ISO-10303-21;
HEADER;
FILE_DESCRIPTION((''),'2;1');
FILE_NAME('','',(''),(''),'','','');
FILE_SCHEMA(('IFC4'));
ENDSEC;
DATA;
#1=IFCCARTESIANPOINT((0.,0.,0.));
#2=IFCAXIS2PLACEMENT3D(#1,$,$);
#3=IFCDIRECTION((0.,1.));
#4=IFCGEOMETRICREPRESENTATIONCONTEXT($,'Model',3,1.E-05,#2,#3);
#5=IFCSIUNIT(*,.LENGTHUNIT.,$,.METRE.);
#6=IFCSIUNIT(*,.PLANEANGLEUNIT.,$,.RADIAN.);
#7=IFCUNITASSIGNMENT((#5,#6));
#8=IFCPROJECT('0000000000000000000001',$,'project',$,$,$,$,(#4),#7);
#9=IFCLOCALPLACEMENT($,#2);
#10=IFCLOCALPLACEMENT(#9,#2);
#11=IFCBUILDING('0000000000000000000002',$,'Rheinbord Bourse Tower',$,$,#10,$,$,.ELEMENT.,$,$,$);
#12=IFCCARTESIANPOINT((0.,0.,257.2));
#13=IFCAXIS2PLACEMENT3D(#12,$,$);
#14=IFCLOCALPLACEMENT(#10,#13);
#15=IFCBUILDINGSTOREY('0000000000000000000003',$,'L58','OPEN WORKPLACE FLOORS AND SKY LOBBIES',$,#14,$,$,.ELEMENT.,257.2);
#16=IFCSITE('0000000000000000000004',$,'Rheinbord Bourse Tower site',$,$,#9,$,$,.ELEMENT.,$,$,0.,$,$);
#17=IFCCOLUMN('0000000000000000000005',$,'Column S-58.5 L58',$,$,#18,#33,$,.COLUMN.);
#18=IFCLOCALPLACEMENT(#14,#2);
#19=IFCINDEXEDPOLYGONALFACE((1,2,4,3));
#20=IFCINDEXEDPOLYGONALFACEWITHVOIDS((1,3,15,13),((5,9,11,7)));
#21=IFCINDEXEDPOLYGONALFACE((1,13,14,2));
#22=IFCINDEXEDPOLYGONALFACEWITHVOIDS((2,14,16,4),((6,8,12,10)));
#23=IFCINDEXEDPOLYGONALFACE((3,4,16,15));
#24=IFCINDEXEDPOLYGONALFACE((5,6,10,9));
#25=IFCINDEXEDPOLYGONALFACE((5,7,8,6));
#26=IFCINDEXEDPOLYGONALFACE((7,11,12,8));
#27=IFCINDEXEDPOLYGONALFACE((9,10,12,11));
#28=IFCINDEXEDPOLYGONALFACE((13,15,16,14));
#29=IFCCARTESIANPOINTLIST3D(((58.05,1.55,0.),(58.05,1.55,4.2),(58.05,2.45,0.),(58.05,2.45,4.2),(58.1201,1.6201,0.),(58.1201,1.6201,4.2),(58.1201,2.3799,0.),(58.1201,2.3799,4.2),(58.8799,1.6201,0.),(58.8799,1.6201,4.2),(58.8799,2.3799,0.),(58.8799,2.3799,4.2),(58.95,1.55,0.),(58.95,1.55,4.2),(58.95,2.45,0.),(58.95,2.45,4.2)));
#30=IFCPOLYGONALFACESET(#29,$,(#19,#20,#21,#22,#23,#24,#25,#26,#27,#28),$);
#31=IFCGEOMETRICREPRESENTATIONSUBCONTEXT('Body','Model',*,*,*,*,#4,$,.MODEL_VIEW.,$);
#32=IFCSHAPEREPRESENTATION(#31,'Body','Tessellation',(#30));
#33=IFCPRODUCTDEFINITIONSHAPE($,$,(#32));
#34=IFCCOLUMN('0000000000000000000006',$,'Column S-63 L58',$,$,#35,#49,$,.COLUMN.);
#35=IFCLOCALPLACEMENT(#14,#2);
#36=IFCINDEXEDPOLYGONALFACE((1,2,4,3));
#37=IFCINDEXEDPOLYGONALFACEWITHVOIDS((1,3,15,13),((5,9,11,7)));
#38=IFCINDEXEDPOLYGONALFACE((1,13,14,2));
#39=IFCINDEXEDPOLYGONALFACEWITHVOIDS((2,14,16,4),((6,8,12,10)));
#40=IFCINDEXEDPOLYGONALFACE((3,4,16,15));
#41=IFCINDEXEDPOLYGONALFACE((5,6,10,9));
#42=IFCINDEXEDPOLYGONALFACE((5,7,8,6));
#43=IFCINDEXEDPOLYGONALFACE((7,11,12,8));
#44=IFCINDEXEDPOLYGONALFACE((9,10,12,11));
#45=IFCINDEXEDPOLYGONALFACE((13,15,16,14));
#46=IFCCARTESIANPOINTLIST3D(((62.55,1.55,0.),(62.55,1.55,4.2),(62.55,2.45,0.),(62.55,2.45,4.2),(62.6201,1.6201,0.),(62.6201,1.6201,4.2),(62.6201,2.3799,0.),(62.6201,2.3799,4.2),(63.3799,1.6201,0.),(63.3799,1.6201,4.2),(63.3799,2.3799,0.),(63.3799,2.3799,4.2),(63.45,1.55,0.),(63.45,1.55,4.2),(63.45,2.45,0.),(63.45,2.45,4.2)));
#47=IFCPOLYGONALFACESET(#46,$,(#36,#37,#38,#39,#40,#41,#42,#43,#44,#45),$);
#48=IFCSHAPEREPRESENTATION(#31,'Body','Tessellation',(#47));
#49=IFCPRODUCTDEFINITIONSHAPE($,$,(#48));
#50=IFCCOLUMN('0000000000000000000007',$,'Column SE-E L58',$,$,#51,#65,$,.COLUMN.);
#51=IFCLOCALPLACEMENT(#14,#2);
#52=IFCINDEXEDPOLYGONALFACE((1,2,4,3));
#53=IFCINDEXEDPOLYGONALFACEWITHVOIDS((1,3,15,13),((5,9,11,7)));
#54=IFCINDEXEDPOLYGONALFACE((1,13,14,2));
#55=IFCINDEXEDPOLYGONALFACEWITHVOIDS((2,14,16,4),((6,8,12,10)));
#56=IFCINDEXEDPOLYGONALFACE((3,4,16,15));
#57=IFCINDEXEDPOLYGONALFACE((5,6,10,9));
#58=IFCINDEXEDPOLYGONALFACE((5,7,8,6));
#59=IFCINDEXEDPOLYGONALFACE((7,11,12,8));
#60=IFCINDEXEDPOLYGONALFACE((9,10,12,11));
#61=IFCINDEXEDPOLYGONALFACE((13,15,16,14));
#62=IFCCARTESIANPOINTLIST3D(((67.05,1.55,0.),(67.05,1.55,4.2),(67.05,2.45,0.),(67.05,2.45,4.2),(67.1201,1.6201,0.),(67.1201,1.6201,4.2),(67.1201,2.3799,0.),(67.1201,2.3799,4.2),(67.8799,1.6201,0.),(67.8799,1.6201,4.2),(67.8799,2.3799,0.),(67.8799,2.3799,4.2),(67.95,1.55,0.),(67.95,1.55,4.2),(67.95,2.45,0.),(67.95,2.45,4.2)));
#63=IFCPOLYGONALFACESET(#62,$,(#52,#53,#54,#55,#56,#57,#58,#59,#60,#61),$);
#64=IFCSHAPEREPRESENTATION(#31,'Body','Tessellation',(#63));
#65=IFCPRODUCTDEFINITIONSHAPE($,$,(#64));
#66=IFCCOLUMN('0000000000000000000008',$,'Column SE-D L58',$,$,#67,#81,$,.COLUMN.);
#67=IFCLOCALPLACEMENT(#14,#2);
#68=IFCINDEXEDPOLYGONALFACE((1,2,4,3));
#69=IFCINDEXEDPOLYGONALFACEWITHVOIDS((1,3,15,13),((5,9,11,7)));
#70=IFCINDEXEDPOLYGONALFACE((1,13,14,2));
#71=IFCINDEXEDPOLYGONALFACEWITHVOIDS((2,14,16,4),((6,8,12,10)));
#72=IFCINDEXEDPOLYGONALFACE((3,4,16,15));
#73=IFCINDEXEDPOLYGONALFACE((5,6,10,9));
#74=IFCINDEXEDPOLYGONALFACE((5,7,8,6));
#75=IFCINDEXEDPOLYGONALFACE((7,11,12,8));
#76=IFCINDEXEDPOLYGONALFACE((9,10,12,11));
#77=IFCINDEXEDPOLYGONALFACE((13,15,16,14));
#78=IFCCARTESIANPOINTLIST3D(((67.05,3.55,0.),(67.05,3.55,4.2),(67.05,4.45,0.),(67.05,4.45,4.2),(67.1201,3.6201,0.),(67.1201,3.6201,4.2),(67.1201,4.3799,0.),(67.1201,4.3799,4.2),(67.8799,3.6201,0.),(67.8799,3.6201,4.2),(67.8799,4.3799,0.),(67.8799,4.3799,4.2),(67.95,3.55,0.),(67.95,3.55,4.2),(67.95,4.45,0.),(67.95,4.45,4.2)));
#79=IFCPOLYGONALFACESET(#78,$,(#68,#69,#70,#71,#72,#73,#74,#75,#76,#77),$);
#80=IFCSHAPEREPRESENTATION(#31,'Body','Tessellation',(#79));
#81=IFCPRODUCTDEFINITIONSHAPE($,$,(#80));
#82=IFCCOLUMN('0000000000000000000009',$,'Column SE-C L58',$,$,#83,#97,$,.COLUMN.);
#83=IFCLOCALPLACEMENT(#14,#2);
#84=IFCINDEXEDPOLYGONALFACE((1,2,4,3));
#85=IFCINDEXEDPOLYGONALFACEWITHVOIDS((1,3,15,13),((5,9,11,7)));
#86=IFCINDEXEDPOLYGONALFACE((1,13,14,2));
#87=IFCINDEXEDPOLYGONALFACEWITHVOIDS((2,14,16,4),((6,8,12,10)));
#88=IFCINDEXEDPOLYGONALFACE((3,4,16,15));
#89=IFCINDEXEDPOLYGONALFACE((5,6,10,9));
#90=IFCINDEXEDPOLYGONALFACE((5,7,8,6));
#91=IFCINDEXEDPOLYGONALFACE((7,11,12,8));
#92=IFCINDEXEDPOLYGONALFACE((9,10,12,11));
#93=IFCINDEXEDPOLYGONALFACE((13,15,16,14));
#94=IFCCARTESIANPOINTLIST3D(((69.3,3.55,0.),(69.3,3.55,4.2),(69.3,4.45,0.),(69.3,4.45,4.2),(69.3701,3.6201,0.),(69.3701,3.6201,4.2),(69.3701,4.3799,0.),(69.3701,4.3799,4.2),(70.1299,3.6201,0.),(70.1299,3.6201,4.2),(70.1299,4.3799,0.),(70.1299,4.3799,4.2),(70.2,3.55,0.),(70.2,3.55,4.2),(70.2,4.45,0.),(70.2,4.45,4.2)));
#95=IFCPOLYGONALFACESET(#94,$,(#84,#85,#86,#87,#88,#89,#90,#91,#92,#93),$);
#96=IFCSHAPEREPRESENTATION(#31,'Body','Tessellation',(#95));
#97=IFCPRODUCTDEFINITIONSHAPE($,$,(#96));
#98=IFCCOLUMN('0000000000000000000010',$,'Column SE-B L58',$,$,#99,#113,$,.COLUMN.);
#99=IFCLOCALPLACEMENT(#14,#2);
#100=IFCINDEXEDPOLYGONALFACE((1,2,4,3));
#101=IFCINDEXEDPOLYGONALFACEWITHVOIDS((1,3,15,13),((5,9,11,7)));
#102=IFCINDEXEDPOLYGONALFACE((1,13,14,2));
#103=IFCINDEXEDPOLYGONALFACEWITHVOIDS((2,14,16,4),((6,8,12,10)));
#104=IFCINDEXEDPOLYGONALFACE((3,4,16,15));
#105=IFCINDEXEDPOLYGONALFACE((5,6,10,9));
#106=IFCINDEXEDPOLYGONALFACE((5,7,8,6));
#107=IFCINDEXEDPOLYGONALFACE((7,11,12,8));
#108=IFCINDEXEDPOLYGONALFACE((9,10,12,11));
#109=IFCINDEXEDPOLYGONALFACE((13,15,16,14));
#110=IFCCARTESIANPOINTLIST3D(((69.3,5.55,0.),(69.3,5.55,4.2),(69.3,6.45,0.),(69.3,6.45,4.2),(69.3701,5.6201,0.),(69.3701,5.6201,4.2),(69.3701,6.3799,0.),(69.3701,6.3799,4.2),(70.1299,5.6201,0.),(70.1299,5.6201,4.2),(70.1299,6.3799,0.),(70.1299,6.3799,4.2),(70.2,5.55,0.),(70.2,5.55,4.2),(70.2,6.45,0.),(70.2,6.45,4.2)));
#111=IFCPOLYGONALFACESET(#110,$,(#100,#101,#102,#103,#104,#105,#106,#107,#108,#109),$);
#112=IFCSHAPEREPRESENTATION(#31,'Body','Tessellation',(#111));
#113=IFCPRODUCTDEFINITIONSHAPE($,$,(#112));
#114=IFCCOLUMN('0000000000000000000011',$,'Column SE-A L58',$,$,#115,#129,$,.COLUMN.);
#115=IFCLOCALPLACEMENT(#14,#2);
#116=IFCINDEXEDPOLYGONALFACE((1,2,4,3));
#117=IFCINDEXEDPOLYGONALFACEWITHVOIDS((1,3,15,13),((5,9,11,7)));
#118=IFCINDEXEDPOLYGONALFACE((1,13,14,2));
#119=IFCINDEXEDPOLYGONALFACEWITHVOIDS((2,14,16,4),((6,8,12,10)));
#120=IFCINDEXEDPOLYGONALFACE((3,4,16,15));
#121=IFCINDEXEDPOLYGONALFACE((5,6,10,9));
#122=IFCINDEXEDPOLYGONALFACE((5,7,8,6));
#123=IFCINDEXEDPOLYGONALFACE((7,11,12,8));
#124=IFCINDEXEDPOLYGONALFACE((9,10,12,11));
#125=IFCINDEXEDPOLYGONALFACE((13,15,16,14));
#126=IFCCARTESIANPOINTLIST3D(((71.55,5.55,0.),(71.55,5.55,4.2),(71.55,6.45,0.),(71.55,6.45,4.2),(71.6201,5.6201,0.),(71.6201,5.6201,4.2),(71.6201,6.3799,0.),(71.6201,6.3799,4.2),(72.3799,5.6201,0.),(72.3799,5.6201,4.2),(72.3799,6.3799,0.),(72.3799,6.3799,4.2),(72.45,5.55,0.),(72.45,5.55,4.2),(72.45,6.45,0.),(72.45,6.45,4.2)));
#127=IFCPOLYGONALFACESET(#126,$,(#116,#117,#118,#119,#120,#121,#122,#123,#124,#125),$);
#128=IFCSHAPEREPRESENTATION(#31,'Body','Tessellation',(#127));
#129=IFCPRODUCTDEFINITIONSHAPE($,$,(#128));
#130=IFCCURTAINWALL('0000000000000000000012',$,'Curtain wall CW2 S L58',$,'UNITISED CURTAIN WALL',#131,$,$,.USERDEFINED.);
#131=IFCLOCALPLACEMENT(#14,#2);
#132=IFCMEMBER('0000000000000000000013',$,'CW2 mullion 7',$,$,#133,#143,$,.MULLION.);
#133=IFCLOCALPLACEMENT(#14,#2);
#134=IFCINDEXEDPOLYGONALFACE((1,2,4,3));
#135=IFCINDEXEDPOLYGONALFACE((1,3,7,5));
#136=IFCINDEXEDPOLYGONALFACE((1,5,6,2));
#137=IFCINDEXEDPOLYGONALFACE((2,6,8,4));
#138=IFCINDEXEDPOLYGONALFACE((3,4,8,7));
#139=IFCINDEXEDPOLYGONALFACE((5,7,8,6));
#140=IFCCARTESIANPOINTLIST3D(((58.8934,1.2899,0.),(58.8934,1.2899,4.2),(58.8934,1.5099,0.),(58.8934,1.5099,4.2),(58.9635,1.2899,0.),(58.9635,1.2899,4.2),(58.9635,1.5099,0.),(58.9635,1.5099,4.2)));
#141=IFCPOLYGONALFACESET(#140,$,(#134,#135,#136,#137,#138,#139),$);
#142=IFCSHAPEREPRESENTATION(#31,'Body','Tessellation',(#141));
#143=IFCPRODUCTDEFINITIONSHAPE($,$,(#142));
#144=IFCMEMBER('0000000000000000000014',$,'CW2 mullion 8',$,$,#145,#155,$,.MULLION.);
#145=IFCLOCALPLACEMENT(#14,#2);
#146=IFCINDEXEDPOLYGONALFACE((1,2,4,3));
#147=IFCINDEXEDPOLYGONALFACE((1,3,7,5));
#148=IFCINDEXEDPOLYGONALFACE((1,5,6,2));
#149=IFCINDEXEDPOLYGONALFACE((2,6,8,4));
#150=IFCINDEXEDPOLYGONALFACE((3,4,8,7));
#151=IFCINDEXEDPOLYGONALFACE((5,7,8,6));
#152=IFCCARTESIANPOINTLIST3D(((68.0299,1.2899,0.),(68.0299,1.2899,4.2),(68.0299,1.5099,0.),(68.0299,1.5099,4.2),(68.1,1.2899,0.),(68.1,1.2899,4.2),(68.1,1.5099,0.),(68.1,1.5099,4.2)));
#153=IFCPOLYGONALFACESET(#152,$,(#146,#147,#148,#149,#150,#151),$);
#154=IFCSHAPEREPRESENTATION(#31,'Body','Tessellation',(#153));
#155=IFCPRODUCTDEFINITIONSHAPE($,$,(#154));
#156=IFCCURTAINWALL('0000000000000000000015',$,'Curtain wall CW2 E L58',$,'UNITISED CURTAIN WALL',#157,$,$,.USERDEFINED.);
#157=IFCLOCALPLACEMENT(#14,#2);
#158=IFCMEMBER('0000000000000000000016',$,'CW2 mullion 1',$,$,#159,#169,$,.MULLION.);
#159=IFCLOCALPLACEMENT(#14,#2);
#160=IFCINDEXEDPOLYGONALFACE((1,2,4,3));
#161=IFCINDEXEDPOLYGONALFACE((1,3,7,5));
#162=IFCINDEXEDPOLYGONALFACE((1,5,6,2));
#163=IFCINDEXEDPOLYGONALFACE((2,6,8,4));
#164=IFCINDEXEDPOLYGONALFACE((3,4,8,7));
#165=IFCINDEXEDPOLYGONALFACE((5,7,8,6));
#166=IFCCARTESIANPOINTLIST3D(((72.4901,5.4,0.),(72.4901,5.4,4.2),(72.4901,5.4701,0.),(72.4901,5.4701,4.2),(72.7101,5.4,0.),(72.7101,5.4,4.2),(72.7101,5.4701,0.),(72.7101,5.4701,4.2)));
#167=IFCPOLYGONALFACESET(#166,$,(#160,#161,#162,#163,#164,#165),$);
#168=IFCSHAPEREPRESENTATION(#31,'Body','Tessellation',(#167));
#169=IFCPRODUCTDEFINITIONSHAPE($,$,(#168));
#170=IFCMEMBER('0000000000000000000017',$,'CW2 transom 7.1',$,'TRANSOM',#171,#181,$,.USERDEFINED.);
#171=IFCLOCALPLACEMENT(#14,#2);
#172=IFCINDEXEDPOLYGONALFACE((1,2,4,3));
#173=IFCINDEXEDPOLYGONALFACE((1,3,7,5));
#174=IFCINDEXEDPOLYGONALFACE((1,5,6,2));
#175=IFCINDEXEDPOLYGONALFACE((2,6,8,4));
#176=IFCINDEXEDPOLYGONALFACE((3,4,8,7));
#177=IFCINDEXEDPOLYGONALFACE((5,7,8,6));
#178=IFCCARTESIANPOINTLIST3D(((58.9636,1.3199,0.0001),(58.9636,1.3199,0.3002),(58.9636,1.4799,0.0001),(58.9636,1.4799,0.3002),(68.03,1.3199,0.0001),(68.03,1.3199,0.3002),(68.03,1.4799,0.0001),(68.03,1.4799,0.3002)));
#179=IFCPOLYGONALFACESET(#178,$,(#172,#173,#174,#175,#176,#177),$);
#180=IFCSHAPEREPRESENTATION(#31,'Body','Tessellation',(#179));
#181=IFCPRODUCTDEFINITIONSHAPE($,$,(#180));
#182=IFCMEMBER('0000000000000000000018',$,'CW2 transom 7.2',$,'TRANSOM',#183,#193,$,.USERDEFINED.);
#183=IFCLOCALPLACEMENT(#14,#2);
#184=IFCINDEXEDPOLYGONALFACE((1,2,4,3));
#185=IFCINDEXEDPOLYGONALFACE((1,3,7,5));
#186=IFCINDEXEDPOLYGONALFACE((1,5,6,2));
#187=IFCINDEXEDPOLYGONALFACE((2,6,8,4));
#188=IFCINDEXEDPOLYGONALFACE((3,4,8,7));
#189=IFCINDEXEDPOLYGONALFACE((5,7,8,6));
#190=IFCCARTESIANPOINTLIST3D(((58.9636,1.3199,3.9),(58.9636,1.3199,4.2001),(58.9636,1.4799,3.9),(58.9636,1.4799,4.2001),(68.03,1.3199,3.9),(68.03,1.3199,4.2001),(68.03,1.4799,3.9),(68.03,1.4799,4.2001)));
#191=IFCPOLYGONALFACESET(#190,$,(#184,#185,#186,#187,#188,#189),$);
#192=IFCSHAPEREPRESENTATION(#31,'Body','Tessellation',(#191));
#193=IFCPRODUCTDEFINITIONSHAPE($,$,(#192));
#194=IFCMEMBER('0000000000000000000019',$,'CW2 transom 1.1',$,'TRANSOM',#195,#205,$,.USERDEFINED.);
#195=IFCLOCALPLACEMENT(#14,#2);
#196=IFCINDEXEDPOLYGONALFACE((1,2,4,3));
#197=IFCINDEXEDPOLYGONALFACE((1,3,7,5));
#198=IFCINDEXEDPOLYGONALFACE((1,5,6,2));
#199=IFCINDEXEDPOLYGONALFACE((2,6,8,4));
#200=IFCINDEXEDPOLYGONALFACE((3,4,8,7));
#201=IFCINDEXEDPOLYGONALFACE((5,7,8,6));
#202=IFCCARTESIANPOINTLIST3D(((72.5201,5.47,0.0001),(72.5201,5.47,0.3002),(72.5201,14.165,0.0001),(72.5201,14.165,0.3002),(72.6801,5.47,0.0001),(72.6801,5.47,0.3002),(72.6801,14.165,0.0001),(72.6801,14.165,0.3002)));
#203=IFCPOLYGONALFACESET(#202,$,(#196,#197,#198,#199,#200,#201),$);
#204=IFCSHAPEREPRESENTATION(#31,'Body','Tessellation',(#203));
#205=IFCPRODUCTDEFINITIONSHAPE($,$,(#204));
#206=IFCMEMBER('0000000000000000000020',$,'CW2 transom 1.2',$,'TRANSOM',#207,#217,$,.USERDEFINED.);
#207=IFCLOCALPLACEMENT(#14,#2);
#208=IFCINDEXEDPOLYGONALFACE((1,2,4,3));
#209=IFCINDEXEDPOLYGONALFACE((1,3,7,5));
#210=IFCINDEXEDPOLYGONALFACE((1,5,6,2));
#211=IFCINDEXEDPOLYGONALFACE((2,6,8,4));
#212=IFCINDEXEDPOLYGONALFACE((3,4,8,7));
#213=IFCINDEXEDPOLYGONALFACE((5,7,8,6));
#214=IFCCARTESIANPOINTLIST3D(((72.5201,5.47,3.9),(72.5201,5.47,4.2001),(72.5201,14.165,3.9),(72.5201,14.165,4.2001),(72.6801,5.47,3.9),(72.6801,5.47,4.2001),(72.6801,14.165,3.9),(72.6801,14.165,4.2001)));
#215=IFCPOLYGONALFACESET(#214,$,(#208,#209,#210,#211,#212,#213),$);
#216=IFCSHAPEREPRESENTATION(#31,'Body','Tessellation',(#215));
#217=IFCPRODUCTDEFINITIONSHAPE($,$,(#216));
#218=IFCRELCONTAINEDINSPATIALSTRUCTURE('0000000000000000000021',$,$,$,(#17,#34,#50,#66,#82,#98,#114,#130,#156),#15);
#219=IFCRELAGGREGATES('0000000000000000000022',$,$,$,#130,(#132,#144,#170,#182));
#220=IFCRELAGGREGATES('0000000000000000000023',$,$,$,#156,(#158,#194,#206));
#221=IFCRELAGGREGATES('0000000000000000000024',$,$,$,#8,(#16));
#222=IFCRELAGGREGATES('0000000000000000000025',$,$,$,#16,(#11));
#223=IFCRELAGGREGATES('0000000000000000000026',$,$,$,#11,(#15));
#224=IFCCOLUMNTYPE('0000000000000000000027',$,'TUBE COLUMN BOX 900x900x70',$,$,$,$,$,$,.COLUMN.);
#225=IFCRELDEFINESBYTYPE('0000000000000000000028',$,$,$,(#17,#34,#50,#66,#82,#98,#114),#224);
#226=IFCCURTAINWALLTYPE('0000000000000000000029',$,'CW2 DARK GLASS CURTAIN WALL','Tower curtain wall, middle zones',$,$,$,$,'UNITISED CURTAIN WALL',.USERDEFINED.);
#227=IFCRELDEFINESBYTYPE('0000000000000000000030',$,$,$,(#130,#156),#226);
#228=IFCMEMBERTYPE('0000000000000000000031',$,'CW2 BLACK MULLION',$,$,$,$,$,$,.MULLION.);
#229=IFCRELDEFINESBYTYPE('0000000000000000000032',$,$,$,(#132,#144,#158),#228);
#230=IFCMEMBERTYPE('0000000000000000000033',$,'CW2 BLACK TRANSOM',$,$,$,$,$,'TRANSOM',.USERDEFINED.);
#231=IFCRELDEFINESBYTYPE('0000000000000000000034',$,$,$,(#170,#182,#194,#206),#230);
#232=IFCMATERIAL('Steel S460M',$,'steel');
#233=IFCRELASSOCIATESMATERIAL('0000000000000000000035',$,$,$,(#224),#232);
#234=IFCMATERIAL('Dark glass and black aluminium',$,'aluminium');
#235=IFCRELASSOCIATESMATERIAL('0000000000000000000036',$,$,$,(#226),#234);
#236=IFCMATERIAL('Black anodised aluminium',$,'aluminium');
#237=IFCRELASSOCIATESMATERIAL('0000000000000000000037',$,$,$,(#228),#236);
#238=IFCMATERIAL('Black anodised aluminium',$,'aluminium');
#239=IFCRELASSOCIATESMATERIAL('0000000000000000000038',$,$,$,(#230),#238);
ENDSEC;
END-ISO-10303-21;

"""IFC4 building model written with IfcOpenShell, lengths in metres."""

from ifc_helpers import new_model, si_unit, direction, frame, origin, origin_2d, place, context, subcontext, project, spatial, rectangle, hollow_rectangle, extrude, material, material_profile, profile_set, type_object, element, aggregate, save


model = new_model("IFC4")

# Units and contexts
model_context = context("Model", 3, precision=1e-05, world=origin(), true_north=direction((0.0, 1.0)))
body_context = subcontext(model_context, "Body", "Model", "MODEL_VIEW")
ifc_project = project(units=[si_unit("LENGTHUNIT", "METRE"), si_unit("PLANEANGLEUNIT", "RADIAN")], contexts=[model_context])

# Site, building, storey
site_placement = place(None, origin())
site = spatial("IfcSite", under=ifc_project, at=site_placement, Name="Rheinbord Bourse Tower site", CompositionType="ELEMENT", RefElevation=0.0)
building_placement = place(site_placement, origin())
building = spatial("IfcBuilding", under=site, at=building_placement, Name="Rheinbord Bourse Tower", CompositionType="ELEMENT")
storey_placement = place(building_placement, frame((0.0, 0.0, 257.2)))
storey = spatial("IfcBuildingStorey", under=building, at=storey_placement, Name="L58", Description="OPEN WORKPLACE FLOORS AND SKY LOBBIES", CompositionType="ELEMENT", Elevation=257.2)

# Columns
ifc_material_1 = material(Name="Steel S460M", Category="steel")
ifc_material_profile_1 = material_profile(ifc_material_1, hollow_rectangle(XDim=0.8999, YDim=0.8999, WallThickness=0.0701, at=origin_2d()), Name="BOX 900x900x70")
ifc_profile_set_1 = profile_set([ifc_material_profile_1], Name="Steel S460M")
column_type = type_object("IfcColumnType", Name="TUBE COLUMN BOX 900x900x70", PredefinedType="COLUMN", material=ifc_profile_set_1)
for number, where, z_axis, x_axis, name in (
    (1, (58.5, 2.0, 0.0), (0.0, 0.0, 1.0), (0.0, 1.0, 0.0), "Column S-58.5 L58"),
    (2, (63.0, 2.0, 0.0), (0.0, 0.0, 1.0), (0.0, 1.0, 0.0), "Column S-63 L58"),
    (3, (67.5, 2.0, 0.0), (0.0, 0.0, 1.0), (0.0, 1.0, 0.0), "Column SE-E L58"),
    (4, (67.5, 4.0, 0.0), (0.0, 0.0, 1.0), (0.0, 1.0, 0.0), "Column SE-D L58"),
    (5, (69.75, 4.0, 0.0), (0.0, 0.0, 1.0), (1.0, 0.0, 0.0), "Column SE-C L58"),
    (6, (69.75, 6.0, 0.0), (0.0, 0.0, 1.0), (1.0, 0.0, 0.0), "Column SE-B L58"),
    (7, (72.0, 6.0, 0.0), (0.0, 0.0, 1.0), (1.0, 0.0, 0.0), "Column SE-A L58"),
):
    element("IfcColumn", number, at=place(storey_placement, frame(where, z_axis=z_axis, x_axis=x_axis)), inside=storey, type_object=column_type, Name=name, PredefinedType="COLUMN", context=body_context, shape_type="SweptSolid", body=[
        extrude(hollow_rectangle(XDim=0.8999, YDim=0.8999, WallThickness=0.0701, at=origin_2d()), origin(), (0.0, 0.0, 1.0), 4.2),
    ])

# Curtain wall, members
ifc_material_2 = material(Name="Dark glass and black aluminium", Category="aluminium")
curtain_wall_type = type_object("IfcCurtainWallType", Name="CW2 DARK GLASS CURTAIN WALL", Description="Tower curtain wall, middle zones", ElementType="UNITISED CURTAIN WALL", PredefinedType="USERDEFINED", material=ifc_material_2)
curtain_wall_1_placement = place(storey_placement, origin())
curtain_wall_1 = element("IfcCurtainWall", 8, at=curtain_wall_1_placement, inside=storey, type_object=curtain_wall_type, Name="Curtain wall CW2 S L58", ObjectType="UNITISED CURTAIN WALL", PredefinedType="USERDEFINED")
ifc_material_3 = material(Name="Black anodised aluminium", Category="aluminium")
ifc_material_profile_2 = material_profile(ifc_material_3, rectangle(XDim=0.22, YDim=0.0701, at=origin_2d()), Name="CW2 MULLION 70x220")
ifc_profile_set_2 = profile_set([ifc_material_profile_2], Name="Black anodised aluminium")
member_type_1 = type_object("IfcMemberType", Name="CW2 BLACK MULLION", PredefinedType="MULLION", material=ifc_profile_set_2)
member_1_placement = place(storey_placement, frame((58.9285, 1.3999, 0.0), z_axis=(0.0, 0.0, 1.0), x_axis=(0.0, 1.0, 0.0)))
member_1 = element("IfcMember", 9, at=member_1_placement, type_object=member_type_1, Name="CW2 mullion 7", PredefinedType="MULLION", context=body_context, shape_type="SweptSolid", body=[
    extrude(rectangle(XDim=0.22, YDim=0.0701, at=origin_2d()), origin(), (0.0, 0.0, 1.0), 4.2),
])
member_2_placement = place(storey_placement, frame((68.0649, 1.3999, 0.0), z_axis=(0.0, 0.0, 1.0), x_axis=(0.0, 1.0, 0.0)))
member_2 = element("IfcMember", 10, at=member_2_placement, type_object=member_type_1, Name="CW2 mullion 8", PredefinedType="MULLION", context=body_context, shape_type="SweptSolid", body=[
    extrude(rectangle(XDim=0.22, YDim=0.0701, at=origin_2d()), origin(), (0.0, 0.0, 1.0), 4.2),
])

# Curtain wall, member
curtain_wall_2_placement = place(storey_placement, origin())
curtain_wall_2 = element("IfcCurtainWall", 11, at=curtain_wall_2_placement, inside=storey, type_object=curtain_wall_type, Name="Curtain wall CW2 E L58", ObjectType="UNITISED CURTAIN WALL", PredefinedType="USERDEFINED")
member_3_placement = place(storey_placement, frame((72.6001, 5.4351, 0.0), z_axis=(0.0, 0.0, 1.0), x_axis=(-1.0, 0.0, 0.0)))
member_3 = element("IfcMember", 12, at=member_3_placement, type_object=member_type_1, Name="CW2 mullion 1", PredefinedType="MULLION", context=body_context, shape_type="SweptSolid", body=[
    extrude(rectangle(XDim=0.22, YDim=0.0701, at=origin_2d()), origin(), (0.0, 0.0, 1.0), 4.2),
])

# Members
ifc_material_4 = material(Name="Black anodised aluminium", Category="aluminium")
ifc_material_profile_3 = material_profile(ifc_material_4, rectangle(XDim=0.1599, YDim=0.3, at=origin_2d()), Name="CW2 TRANSOM 300x160")
ifc_profile_set_3 = profile_set([ifc_material_profile_3], Name="Black anodised aluminium")
member_type_2 = type_object("IfcMemberType", Name="CW2 BLACK TRANSOM", ElementType="TRANSOM", PredefinedType="USERDEFINED", material=ifc_profile_set_3)
member_4_placement = place(storey_placement, frame((58.9636, 1.3999, 0.1501), z_axis=(1.0, 0.0, 0.0), x_axis=(0.0, 1.0, 0.0)))
member_4 = element("IfcMember", 13, at=member_4_placement, type_object=member_type_2, Name="CW2 transom 7.1", ObjectType="TRANSOM", PredefinedType="USERDEFINED", context=body_context, shape_type="SweptSolid", body=[
    extrude(rectangle(XDim=0.1599, YDim=0.3, at=origin_2d()), origin(), (0.0, 0.0, 1.0), 9.0664),
])
member_5_placement = place(storey_placement, frame((58.9636, 1.3999, 4.05), z_axis=(1.0, 0.0, 0.0), x_axis=(0.0, 1.0, 0.0)))
member_5 = element("IfcMember", 14, at=member_5_placement, type_object=member_type_2, Name="CW2 transom 7.2", ObjectType="TRANSOM", PredefinedType="USERDEFINED", context=body_context, shape_type="SweptSolid", body=[
    extrude(rectangle(XDim=0.1599, YDim=0.3, at=origin_2d()), origin(), (0.0, 0.0, 1.0), 9.0664),
])
member_6_placement = place(storey_placement, frame((72.6001, 5.47, 0.1501), z_axis=(0.0, 1.0, 0.0), x_axis=(-1.0, 0.0, 0.0)))
member_6 = element("IfcMember", 15, at=member_6_placement, type_object=member_type_2, Name="CW2 transom 1.1", ObjectType="TRANSOM", PredefinedType="USERDEFINED", context=body_context, shape_type="SweptSolid", body=[
    extrude(rectangle(XDim=0.1599, YDim=0.3, at=origin_2d()), origin(), (0.0, 0.0, 1.0), 8.6951),
])
member_7_placement = place(storey_placement, frame((72.6001, 5.47, 4.05), z_axis=(0.0, 1.0, 0.0), x_axis=(-1.0, 0.0, 0.0)))
member_7 = element("IfcMember", 16, at=member_7_placement, type_object=member_type_2, Name="CW2 transom 1.2", ObjectType="TRANSOM", PredefinedType="USERDEFINED", context=body_context, shape_type="SweptSolid", body=[
    extrude(rectangle(XDim=0.1599, YDim=0.3, at=origin_2d()), origin(), (0.0, 0.0, 1.0), 8.6951),
])

aggregate(curtain_wall_1, [member_1, member_2, member_4, member_5])
aggregate(curtain_wall_2, [member_3, member_6, member_7])

save(model, "model.ifc")
